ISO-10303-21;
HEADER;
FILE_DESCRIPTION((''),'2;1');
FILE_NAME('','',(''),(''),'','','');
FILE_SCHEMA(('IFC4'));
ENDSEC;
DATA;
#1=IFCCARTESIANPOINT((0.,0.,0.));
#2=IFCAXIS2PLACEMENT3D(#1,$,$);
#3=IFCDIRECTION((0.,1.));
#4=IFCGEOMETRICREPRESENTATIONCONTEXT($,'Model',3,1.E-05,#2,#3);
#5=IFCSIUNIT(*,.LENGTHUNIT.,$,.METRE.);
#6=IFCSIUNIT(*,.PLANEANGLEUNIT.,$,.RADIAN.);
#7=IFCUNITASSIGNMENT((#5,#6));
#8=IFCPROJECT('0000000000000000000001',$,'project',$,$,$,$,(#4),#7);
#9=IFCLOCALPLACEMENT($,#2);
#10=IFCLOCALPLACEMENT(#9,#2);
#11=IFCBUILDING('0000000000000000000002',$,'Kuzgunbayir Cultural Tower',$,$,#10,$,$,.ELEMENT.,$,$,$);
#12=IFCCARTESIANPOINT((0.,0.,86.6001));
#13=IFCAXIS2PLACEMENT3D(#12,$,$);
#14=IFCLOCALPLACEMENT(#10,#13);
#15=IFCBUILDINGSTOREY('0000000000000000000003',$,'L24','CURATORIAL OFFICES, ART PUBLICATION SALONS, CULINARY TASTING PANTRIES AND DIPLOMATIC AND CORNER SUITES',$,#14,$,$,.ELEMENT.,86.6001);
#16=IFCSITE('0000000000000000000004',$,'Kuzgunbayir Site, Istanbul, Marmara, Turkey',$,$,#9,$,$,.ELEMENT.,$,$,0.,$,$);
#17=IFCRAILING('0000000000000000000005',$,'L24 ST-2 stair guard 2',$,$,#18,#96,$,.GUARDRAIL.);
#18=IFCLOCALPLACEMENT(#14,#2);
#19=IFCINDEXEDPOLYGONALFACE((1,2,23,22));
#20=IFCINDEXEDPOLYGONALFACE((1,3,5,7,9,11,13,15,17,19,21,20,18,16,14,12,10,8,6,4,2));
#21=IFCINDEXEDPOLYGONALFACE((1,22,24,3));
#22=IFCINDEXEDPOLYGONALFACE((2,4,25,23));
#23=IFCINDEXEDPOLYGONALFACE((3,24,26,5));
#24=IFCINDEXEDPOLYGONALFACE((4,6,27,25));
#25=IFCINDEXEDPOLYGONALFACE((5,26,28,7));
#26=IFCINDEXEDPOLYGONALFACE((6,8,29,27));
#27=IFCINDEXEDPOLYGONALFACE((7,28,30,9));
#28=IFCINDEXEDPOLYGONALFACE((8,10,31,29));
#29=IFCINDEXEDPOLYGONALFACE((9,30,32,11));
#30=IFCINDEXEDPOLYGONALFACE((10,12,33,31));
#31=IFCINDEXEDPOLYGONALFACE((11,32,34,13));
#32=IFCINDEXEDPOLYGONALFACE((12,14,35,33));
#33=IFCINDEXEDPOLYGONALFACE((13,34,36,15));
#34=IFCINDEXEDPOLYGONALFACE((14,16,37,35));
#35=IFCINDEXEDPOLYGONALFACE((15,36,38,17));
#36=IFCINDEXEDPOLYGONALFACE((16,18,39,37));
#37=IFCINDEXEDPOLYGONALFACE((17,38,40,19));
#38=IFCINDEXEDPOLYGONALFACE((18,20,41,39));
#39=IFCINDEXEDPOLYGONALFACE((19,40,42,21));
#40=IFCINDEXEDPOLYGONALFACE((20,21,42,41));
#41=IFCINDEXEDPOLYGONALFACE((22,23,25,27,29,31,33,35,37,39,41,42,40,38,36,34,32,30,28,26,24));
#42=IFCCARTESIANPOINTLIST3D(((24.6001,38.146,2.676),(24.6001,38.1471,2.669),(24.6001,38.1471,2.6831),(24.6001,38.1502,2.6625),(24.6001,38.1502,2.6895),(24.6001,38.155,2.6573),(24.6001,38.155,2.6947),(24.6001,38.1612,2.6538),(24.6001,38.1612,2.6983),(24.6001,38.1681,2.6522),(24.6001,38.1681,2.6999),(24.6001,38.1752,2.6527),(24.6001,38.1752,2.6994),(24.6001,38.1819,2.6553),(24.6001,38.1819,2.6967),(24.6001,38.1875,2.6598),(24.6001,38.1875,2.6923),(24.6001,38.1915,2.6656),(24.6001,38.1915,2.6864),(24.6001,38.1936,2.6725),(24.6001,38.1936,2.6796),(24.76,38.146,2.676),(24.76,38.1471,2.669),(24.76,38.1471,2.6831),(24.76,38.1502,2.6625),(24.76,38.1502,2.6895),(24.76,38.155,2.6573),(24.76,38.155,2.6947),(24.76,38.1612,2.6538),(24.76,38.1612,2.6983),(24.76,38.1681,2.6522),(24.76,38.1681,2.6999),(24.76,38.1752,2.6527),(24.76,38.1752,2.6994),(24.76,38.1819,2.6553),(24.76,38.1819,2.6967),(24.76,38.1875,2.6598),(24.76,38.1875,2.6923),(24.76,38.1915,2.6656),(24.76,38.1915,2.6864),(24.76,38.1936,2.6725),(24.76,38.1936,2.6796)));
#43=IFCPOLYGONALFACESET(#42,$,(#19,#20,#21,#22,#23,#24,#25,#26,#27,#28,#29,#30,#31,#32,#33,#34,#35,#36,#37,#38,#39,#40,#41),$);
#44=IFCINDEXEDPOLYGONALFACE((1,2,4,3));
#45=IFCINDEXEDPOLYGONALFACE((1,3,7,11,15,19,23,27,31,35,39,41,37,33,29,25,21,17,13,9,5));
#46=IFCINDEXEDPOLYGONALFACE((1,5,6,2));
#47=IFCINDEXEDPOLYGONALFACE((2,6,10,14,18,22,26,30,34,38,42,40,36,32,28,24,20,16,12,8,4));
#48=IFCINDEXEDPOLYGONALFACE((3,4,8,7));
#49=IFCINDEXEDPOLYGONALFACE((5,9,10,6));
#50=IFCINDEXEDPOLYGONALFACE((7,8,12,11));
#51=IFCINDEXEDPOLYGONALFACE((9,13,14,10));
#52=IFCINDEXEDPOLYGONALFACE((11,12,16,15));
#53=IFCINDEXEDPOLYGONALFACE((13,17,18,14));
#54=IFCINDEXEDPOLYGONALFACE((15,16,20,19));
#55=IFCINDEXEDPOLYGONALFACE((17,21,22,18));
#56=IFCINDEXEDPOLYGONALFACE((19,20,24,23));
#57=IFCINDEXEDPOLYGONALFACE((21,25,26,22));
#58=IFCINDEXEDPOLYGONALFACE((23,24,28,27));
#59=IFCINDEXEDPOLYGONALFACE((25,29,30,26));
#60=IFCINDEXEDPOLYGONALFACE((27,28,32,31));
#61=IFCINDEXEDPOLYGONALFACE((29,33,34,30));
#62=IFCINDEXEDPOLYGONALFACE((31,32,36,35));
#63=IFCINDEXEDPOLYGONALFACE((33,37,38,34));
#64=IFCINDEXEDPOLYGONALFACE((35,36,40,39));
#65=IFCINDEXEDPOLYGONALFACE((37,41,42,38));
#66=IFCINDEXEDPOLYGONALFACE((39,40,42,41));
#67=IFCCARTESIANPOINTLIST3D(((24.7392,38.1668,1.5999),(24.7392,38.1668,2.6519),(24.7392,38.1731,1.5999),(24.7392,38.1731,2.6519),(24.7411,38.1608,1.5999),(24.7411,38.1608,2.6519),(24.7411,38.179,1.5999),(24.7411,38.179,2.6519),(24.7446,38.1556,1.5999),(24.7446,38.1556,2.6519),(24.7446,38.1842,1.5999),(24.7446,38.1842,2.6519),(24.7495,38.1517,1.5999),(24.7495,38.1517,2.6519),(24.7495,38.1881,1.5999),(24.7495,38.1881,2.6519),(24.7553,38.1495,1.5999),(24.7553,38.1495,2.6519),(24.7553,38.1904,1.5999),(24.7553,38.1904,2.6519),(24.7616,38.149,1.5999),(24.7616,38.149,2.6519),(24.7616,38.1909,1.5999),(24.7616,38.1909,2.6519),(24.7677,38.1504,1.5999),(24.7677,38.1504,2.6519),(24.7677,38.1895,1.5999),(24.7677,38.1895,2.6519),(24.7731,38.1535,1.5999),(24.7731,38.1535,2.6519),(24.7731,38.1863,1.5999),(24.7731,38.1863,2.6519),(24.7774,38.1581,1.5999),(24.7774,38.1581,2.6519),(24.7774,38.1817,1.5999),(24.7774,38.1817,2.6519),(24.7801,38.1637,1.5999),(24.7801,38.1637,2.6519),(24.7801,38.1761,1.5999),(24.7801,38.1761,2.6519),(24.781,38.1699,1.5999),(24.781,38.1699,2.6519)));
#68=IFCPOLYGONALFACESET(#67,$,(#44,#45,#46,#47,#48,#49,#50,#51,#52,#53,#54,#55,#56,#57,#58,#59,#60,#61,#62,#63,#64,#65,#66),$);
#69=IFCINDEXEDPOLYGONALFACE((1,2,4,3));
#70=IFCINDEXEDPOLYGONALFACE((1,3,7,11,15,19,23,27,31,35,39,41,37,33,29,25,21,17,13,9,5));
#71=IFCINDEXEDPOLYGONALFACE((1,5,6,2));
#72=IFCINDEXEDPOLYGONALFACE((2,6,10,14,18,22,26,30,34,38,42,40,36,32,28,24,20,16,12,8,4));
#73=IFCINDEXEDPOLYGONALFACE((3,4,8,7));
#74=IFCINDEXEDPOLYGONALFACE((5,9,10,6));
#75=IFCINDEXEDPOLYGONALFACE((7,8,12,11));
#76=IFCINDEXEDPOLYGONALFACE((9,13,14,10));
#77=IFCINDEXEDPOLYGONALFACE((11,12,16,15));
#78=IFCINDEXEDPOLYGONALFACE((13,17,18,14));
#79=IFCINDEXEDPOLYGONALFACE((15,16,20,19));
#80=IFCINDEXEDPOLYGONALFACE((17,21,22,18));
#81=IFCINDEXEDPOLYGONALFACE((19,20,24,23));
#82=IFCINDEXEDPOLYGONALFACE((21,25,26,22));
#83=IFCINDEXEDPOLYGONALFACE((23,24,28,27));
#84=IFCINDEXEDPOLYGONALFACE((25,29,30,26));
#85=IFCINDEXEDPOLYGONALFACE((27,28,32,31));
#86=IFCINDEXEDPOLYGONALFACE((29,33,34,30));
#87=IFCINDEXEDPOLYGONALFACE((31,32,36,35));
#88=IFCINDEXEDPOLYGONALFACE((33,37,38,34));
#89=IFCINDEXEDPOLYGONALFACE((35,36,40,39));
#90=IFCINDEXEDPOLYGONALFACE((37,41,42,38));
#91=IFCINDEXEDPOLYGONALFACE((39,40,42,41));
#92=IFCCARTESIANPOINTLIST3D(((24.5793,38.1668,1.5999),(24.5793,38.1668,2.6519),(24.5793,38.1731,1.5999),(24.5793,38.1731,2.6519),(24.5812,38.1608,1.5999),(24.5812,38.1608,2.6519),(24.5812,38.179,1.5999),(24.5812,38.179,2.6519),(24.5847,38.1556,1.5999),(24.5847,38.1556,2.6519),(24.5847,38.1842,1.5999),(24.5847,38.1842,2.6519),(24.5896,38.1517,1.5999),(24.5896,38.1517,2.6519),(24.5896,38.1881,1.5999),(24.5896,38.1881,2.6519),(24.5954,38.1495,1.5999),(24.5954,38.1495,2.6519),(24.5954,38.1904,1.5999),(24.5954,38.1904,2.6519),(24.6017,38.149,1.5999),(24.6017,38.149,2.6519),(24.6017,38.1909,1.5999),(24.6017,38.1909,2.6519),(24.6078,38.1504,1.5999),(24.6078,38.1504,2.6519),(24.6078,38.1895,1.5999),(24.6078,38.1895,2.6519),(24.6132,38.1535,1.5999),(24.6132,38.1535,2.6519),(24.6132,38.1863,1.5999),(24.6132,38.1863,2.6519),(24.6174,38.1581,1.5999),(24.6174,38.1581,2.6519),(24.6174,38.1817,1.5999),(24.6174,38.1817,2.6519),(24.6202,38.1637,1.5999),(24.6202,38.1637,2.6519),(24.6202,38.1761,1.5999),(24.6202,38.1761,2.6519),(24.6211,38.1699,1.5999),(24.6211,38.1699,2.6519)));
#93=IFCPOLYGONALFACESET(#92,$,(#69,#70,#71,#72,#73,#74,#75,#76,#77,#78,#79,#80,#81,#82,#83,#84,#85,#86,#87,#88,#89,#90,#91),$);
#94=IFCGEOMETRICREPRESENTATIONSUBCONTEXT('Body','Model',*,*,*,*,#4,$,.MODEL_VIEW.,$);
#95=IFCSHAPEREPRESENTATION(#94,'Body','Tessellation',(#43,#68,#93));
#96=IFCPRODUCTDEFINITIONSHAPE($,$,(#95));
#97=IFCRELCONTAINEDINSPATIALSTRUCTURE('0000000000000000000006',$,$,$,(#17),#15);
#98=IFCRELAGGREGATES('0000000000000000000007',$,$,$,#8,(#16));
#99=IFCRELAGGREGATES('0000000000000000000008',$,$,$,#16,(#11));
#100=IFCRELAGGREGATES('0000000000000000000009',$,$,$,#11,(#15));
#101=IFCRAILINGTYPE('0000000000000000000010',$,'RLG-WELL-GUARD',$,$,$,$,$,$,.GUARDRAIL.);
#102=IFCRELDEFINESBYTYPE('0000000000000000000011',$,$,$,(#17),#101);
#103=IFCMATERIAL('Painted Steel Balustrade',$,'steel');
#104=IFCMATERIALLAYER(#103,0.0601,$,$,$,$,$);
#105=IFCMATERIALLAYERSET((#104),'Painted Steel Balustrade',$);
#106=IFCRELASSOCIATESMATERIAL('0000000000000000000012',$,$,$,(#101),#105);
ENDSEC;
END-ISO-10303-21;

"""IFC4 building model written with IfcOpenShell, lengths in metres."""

from ifc_helpers import new_model, si_unit, direction, frame, origin, origin_2d, place, context, subcontext, project, spatial, circle, extrude, material, layer, layer_set, type_object, element, save


model = new_model("IFC4")

# Units and contexts
model_context = context("Model", 3, precision=1e-05, world=origin(), true_north=direction((0.0, 1.0)))
body_context = subcontext(model_context, "Body", "Model", "MODEL_VIEW")
ifc_project = project(units=[si_unit("LENGTHUNIT", "METRE"), si_unit("PLANEANGLEUNIT", "RADIAN")], contexts=[model_context])

# Site, building, storey
site_placement = place(None, origin())
site = spatial("IfcSite", under=ifc_project, at=site_placement, Name="Kuzgunbayir Site, Istanbul, Marmara, Turkey", CompositionType="ELEMENT", RefElevation=0.0)
building_placement = place(site_placement, origin())
building = spatial("IfcBuilding", under=site, at=building_placement, Name="Kuzgunbayir Cultural Tower", CompositionType="ELEMENT")
storey_placement = place(building_placement, frame((0.0, 0.0, 86.6001)))
storey = spatial("IfcBuildingStorey", under=building, at=storey_placement, Name="L24", Description="CURATORIAL OFFICES, ART PUBLICATION SALONS, CULINARY TASTING PANTRIES AND DIPLOMATIC AND CORNER SUITES", CompositionType="ELEMENT", Elevation=86.6001)

# Railing
ifc_material_1 = material(Name="Painted Steel Balustrade", Category="steel")
ifc_layer_1 = layer(ifc_material_1, 0.0601)
ifc_layer_set_1 = layer_set([ifc_layer_1], Name="Painted Steel Balustrade")
railing_type_1 = type_object("IfcRailingType", Name="RLG-WELL-GUARD", PredefinedType="GUARDRAIL", material=ifc_layer_set_1)
railing_1_placement = place(storey_placement, frame((24.76, 38.1699, 1.5999)))
element("IfcRailing", 1, at=railing_1_placement, inside=storey, type_object=railing_type_1, Name="L24 ST-2 stair guard 2", PredefinedType="GUARDRAIL", context=body_context, shape_type="SweptSolid", body=[
    extrude(circle(Radius=0.0239, at=origin_2d()), frame((0.0, 0.0, 1.0762), z_axis=(-1.0, 0.0, 0.0), x_axis=(0.0, -1.0, 0.0)), (0.0, 0.0, 1.0), 0.1599),
    extrude(circle(Radius=0.021, at=origin_2d()), origin(), (0.0, 0.0, 1.0), 1.052),
    extrude(circle(Radius=0.021, at=origin_2d()), frame((-0.1599, 0.0, 0.0)), (0.0, 0.0, 1.0), 1.052),
])

save(model, "model.ifc")
